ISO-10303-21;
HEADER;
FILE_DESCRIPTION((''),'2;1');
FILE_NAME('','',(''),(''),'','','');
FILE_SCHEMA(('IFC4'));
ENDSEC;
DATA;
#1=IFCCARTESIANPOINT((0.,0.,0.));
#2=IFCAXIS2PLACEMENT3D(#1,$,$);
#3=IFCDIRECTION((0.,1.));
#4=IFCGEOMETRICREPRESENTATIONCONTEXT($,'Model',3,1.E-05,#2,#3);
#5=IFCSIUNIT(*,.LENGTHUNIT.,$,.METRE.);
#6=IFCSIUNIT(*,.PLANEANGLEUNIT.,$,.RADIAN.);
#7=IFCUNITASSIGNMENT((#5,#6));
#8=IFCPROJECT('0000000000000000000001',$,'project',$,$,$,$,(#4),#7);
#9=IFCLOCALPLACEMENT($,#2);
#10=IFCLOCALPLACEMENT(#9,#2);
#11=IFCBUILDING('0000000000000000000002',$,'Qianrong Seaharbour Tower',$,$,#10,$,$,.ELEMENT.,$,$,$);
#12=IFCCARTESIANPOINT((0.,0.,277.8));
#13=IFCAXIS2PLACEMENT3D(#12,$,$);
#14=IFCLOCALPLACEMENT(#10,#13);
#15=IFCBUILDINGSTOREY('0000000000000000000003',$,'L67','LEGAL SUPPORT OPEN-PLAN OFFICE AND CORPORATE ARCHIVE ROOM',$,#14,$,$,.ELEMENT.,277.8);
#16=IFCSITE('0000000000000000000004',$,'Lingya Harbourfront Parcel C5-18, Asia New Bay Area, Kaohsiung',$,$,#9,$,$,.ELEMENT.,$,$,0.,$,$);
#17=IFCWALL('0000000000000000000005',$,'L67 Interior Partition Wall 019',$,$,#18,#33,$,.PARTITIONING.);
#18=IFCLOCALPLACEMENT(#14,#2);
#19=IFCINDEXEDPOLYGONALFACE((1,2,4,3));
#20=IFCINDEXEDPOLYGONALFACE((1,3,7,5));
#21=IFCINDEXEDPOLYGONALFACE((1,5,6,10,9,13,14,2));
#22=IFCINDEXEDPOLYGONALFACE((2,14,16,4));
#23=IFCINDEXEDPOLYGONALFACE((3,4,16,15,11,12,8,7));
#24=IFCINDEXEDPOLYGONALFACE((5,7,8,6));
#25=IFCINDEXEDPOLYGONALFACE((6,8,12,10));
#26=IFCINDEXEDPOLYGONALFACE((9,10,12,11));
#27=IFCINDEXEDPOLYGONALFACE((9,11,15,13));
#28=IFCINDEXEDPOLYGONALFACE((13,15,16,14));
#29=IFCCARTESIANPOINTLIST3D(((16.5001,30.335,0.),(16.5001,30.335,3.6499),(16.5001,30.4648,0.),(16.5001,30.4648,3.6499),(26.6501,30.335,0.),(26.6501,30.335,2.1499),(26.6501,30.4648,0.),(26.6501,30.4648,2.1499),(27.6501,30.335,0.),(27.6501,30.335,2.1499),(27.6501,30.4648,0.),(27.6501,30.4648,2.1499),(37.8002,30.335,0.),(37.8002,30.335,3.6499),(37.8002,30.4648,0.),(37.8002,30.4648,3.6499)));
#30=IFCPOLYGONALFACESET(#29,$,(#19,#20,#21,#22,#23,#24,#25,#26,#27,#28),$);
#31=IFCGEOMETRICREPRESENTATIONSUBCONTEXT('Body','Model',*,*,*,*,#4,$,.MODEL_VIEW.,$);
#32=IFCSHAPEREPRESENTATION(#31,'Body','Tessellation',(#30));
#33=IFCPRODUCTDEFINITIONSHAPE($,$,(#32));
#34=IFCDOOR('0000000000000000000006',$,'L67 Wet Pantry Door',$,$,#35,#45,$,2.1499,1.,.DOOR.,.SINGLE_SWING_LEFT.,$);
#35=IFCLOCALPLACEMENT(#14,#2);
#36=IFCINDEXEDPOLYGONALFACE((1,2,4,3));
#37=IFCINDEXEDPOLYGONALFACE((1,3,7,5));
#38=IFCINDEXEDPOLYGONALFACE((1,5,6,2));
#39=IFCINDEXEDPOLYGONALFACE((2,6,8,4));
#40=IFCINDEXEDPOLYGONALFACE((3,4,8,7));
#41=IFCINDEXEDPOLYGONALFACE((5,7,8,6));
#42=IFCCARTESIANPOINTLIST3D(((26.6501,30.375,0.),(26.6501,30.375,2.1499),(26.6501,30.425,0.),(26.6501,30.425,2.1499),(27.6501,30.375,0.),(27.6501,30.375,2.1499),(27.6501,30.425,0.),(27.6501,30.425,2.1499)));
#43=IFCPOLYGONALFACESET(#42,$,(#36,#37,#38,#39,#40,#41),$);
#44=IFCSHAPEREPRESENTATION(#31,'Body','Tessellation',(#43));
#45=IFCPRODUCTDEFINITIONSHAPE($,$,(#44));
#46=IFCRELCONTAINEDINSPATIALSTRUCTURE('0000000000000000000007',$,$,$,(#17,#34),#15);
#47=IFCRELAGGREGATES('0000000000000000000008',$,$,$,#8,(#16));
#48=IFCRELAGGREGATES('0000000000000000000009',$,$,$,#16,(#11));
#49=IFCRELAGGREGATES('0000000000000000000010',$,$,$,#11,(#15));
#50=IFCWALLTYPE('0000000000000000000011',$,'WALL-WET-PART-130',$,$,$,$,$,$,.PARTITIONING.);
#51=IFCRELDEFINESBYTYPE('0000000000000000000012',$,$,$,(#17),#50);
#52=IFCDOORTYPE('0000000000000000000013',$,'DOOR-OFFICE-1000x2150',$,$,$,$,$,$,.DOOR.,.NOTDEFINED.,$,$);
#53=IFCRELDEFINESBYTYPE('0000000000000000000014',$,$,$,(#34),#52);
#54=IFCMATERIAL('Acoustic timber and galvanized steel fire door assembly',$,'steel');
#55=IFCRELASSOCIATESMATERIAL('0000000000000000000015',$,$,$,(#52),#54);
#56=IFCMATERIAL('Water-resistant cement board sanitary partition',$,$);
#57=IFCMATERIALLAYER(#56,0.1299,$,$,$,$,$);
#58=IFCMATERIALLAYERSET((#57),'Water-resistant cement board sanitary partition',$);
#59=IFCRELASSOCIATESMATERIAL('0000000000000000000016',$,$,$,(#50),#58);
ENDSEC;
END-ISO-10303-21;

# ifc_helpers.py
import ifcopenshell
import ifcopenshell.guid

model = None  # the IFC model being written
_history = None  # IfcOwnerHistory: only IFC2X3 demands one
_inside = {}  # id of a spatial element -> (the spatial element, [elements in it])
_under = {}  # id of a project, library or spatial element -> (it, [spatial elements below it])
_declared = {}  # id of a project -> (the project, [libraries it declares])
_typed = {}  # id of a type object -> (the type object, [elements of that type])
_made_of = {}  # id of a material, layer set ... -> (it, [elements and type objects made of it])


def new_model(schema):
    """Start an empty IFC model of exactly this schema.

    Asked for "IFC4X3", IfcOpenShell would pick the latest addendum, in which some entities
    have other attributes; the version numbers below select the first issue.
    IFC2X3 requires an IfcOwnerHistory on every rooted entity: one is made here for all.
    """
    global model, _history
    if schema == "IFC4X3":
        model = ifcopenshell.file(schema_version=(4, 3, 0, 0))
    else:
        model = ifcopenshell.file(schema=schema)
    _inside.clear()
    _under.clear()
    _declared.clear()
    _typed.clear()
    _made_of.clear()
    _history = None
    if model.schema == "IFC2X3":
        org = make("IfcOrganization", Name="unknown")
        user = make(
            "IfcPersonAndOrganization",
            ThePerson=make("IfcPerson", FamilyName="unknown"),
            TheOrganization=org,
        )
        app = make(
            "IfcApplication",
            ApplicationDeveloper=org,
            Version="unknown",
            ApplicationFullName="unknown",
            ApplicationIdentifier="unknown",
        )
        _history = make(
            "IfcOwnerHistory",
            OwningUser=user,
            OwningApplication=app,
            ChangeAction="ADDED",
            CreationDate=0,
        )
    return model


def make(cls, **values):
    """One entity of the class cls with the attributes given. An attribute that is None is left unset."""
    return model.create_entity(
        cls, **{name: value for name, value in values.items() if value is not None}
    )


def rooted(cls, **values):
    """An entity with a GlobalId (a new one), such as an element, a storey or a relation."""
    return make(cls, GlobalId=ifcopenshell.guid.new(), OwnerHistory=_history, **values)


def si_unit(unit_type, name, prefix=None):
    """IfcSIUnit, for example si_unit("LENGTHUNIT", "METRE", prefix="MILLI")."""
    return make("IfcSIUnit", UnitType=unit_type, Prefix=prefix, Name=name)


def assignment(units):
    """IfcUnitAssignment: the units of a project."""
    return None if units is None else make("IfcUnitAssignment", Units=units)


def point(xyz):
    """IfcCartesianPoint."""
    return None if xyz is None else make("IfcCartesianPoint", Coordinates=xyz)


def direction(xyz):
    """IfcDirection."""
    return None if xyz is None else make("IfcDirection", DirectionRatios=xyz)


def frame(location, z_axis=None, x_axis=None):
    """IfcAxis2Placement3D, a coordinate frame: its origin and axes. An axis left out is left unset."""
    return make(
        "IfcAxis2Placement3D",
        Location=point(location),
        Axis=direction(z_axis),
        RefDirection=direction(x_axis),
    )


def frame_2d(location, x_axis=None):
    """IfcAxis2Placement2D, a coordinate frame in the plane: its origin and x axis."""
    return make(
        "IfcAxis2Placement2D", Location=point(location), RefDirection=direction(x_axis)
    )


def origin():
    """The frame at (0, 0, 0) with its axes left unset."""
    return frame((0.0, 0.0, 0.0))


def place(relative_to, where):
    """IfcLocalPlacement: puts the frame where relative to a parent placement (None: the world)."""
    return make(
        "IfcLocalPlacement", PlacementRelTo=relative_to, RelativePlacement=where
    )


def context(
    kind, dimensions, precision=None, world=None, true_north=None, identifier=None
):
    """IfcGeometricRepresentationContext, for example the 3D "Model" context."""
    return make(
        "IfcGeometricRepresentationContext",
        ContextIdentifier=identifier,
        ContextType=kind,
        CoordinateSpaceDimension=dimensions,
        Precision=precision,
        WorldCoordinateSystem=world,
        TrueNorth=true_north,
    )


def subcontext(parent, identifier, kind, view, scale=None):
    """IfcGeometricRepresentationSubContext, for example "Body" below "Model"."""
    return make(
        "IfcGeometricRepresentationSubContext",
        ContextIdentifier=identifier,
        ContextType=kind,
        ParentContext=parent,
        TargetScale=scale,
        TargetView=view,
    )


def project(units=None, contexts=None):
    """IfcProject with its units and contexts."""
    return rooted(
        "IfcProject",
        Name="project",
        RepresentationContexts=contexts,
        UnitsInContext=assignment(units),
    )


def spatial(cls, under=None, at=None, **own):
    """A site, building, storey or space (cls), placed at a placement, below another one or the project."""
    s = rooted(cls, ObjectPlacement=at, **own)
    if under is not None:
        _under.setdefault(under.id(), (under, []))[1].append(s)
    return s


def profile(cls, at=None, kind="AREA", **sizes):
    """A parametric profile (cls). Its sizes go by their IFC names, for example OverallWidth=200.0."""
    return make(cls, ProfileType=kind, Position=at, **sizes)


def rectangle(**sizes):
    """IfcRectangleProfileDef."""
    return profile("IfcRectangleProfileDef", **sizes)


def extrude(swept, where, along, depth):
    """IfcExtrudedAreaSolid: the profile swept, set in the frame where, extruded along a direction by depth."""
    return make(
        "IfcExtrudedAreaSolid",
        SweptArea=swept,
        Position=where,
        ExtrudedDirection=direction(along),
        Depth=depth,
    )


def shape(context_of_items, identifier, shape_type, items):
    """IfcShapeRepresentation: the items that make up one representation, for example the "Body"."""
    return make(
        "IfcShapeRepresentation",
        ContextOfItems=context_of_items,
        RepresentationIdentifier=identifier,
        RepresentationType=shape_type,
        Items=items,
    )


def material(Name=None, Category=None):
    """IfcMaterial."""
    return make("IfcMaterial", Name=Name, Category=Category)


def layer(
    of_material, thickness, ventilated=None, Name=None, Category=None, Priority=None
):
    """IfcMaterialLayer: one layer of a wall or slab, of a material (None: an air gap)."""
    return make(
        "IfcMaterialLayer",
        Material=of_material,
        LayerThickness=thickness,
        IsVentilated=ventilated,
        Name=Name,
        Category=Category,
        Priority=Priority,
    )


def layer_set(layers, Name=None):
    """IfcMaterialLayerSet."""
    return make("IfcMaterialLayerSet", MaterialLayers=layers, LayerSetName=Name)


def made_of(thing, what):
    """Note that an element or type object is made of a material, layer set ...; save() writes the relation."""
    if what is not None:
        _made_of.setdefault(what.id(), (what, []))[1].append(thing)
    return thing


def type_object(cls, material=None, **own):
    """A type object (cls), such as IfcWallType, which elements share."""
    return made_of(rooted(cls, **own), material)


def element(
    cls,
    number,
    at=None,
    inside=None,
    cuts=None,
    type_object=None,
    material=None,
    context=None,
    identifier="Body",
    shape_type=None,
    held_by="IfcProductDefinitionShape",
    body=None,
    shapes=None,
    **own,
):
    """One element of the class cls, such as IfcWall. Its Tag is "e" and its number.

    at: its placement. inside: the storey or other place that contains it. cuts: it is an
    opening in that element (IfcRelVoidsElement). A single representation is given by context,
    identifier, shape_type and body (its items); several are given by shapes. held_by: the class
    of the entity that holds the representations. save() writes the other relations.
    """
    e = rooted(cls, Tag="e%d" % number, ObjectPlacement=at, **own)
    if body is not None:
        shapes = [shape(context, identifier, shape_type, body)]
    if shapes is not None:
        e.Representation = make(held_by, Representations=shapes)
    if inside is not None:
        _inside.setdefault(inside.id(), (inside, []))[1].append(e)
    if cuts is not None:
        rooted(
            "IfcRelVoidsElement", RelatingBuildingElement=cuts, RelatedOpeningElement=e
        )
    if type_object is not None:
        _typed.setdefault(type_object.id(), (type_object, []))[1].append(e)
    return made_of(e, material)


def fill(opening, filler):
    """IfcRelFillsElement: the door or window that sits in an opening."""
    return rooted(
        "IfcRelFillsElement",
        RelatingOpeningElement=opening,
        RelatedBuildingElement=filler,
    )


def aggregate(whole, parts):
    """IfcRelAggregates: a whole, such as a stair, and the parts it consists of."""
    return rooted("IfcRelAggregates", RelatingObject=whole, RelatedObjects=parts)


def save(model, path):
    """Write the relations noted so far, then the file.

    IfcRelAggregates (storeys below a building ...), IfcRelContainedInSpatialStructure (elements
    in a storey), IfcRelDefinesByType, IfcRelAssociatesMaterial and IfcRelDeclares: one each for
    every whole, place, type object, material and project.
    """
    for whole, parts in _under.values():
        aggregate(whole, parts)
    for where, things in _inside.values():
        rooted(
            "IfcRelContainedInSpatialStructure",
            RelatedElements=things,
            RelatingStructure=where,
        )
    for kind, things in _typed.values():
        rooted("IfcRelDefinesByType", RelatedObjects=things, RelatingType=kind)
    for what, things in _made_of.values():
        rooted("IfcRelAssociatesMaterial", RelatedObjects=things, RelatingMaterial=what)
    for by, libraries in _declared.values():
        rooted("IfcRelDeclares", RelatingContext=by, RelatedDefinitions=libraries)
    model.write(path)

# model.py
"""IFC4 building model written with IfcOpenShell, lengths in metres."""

from ifc_helpers import new_model, si_unit, direction, frame, frame_2d, origin, place, context, subcontext, project, spatial, rectangle, extrude, material, layer, layer_set, type_object, element, fill, save


model = new_model("IFC4")

# Units and contexts
model_context = context("Model", 3, precision=1e-05, world=origin(), true_north=direction((0.0, 1.0)))
body_context = subcontext(model_context, "Body", "Model", "MODEL_VIEW")
ifc_project = project(units=[si_unit("LENGTHUNIT", "METRE"), si_unit("PLANEANGLEUNIT", "RADIAN")], contexts=[model_context])

# Site, building, storey
site_placement = place(None, origin())
site = spatial("IfcSite", under=ifc_project, at=site_placement, Name="Lingya Harbourfront Parcel C5-18, Asia New Bay Area, Kaohsiung", CompositionType="ELEMENT", RefElevation=0.0)
building_placement = place(site_placement, origin())
building = spatial("IfcBuilding", under=site, at=building_placement, Name="Qianrong Seaharbour Tower", CompositionType="ELEMENT")
storey_placement = place(building_placement, frame((0.0, 0.0, 277.8)))
storey = spatial("IfcBuildingStorey", under=building, at=storey_placement, Name="L67", Description="LEGAL SUPPORT OPEN-PLAN OFFICE AND CORPORATE ARCHIVE ROOM", CompositionType="ELEMENT", Elevation=277.8)

# Shared definitions
ifc_material_1 = material(Name="Acoustic timber and galvanized steel fire door assembly", Category="steel")
door_type = type_object("IfcDoorType", Name="DOOR-OFFICE-1000x2150", OperationType="NOTDEFINED", PredefinedType="DOOR", material=ifc_material_1)

# Wall, opening, door
ifc_material_2 = material(Name="Water-resistant cement board sanitary partition")
ifc_layer_1 = layer(ifc_material_2, 0.1299)
ifc_layer_set_1 = layer_set([ifc_layer_1], Name="Water-resistant cement board sanitary partition")
wall_type_1 = type_object("IfcWallType", Name="WALL-WET-PART-130", PredefinedType="PARTITIONING", material=ifc_layer_set_1)
wall_1_placement = place(storey_placement, frame((37.8, 30.3999, 0.0), z_axis=(0.0, 0.0, 1.0), x_axis=(-1.0, 0.0, 0.0)))
wall_1 = element("IfcWall", 1, at=wall_1_placement, inside=storey, type_object=wall_type_1, Name="L67 Interior Partition Wall 019", PredefinedType="PARTITIONING", context=body_context, shape_type="SweptSolid", body=[
    extrude(rectangle(XDim=21.3, YDim=0.1299, at=frame_2d((10.6499, 0.0))), origin(), (0.0, 0.0, 1.0), 3.6499),
])
opening_1_placement = place(wall_1_placement, frame((10.1499, 0.0, 0.0)))
opening_1 = element("IfcOpeningElement", 2, at=opening_1_placement, cuts=wall_1, PredefinedType="OPENING", context=body_context, shape_type="SweptSolid", body=[
    extrude(rectangle(XDim=1.0, YDim=2.1499, at=frame_2d((0.5, 1.075))), frame((0.0, 0.075, 0.0), z_axis=(0.0, -1.0, 0.0), x_axis=(1.0, 0.0, 0.0)), (0.0, 0.0, 1.0), 0.1499),
])
door_1_placement = place(opening_1_placement, origin())
door_1 = element("IfcDoor", 3, at=door_1_placement, inside=storey, type_object=door_type, Name="L67 Wet Pantry Door", OperationType="SINGLE_SWING_LEFT", OverallHeight=2.1499, OverallWidth=1.0, PredefinedType="DOOR", context=body_context, shape_type="SweptSolid", body=[
    extrude(rectangle(XDim=1.0, YDim=2.1499, at=frame_2d((0.5, 1.075))), frame((0.0, 0.0249, 0.0), z_axis=(0.0, -1.0, 0.0), x_axis=(1.0, 0.0, 0.0)), (0.0, 0.0, 1.0), 0.05),
])
fill(opening_1, door_1)

save(model, "model.ifc")
